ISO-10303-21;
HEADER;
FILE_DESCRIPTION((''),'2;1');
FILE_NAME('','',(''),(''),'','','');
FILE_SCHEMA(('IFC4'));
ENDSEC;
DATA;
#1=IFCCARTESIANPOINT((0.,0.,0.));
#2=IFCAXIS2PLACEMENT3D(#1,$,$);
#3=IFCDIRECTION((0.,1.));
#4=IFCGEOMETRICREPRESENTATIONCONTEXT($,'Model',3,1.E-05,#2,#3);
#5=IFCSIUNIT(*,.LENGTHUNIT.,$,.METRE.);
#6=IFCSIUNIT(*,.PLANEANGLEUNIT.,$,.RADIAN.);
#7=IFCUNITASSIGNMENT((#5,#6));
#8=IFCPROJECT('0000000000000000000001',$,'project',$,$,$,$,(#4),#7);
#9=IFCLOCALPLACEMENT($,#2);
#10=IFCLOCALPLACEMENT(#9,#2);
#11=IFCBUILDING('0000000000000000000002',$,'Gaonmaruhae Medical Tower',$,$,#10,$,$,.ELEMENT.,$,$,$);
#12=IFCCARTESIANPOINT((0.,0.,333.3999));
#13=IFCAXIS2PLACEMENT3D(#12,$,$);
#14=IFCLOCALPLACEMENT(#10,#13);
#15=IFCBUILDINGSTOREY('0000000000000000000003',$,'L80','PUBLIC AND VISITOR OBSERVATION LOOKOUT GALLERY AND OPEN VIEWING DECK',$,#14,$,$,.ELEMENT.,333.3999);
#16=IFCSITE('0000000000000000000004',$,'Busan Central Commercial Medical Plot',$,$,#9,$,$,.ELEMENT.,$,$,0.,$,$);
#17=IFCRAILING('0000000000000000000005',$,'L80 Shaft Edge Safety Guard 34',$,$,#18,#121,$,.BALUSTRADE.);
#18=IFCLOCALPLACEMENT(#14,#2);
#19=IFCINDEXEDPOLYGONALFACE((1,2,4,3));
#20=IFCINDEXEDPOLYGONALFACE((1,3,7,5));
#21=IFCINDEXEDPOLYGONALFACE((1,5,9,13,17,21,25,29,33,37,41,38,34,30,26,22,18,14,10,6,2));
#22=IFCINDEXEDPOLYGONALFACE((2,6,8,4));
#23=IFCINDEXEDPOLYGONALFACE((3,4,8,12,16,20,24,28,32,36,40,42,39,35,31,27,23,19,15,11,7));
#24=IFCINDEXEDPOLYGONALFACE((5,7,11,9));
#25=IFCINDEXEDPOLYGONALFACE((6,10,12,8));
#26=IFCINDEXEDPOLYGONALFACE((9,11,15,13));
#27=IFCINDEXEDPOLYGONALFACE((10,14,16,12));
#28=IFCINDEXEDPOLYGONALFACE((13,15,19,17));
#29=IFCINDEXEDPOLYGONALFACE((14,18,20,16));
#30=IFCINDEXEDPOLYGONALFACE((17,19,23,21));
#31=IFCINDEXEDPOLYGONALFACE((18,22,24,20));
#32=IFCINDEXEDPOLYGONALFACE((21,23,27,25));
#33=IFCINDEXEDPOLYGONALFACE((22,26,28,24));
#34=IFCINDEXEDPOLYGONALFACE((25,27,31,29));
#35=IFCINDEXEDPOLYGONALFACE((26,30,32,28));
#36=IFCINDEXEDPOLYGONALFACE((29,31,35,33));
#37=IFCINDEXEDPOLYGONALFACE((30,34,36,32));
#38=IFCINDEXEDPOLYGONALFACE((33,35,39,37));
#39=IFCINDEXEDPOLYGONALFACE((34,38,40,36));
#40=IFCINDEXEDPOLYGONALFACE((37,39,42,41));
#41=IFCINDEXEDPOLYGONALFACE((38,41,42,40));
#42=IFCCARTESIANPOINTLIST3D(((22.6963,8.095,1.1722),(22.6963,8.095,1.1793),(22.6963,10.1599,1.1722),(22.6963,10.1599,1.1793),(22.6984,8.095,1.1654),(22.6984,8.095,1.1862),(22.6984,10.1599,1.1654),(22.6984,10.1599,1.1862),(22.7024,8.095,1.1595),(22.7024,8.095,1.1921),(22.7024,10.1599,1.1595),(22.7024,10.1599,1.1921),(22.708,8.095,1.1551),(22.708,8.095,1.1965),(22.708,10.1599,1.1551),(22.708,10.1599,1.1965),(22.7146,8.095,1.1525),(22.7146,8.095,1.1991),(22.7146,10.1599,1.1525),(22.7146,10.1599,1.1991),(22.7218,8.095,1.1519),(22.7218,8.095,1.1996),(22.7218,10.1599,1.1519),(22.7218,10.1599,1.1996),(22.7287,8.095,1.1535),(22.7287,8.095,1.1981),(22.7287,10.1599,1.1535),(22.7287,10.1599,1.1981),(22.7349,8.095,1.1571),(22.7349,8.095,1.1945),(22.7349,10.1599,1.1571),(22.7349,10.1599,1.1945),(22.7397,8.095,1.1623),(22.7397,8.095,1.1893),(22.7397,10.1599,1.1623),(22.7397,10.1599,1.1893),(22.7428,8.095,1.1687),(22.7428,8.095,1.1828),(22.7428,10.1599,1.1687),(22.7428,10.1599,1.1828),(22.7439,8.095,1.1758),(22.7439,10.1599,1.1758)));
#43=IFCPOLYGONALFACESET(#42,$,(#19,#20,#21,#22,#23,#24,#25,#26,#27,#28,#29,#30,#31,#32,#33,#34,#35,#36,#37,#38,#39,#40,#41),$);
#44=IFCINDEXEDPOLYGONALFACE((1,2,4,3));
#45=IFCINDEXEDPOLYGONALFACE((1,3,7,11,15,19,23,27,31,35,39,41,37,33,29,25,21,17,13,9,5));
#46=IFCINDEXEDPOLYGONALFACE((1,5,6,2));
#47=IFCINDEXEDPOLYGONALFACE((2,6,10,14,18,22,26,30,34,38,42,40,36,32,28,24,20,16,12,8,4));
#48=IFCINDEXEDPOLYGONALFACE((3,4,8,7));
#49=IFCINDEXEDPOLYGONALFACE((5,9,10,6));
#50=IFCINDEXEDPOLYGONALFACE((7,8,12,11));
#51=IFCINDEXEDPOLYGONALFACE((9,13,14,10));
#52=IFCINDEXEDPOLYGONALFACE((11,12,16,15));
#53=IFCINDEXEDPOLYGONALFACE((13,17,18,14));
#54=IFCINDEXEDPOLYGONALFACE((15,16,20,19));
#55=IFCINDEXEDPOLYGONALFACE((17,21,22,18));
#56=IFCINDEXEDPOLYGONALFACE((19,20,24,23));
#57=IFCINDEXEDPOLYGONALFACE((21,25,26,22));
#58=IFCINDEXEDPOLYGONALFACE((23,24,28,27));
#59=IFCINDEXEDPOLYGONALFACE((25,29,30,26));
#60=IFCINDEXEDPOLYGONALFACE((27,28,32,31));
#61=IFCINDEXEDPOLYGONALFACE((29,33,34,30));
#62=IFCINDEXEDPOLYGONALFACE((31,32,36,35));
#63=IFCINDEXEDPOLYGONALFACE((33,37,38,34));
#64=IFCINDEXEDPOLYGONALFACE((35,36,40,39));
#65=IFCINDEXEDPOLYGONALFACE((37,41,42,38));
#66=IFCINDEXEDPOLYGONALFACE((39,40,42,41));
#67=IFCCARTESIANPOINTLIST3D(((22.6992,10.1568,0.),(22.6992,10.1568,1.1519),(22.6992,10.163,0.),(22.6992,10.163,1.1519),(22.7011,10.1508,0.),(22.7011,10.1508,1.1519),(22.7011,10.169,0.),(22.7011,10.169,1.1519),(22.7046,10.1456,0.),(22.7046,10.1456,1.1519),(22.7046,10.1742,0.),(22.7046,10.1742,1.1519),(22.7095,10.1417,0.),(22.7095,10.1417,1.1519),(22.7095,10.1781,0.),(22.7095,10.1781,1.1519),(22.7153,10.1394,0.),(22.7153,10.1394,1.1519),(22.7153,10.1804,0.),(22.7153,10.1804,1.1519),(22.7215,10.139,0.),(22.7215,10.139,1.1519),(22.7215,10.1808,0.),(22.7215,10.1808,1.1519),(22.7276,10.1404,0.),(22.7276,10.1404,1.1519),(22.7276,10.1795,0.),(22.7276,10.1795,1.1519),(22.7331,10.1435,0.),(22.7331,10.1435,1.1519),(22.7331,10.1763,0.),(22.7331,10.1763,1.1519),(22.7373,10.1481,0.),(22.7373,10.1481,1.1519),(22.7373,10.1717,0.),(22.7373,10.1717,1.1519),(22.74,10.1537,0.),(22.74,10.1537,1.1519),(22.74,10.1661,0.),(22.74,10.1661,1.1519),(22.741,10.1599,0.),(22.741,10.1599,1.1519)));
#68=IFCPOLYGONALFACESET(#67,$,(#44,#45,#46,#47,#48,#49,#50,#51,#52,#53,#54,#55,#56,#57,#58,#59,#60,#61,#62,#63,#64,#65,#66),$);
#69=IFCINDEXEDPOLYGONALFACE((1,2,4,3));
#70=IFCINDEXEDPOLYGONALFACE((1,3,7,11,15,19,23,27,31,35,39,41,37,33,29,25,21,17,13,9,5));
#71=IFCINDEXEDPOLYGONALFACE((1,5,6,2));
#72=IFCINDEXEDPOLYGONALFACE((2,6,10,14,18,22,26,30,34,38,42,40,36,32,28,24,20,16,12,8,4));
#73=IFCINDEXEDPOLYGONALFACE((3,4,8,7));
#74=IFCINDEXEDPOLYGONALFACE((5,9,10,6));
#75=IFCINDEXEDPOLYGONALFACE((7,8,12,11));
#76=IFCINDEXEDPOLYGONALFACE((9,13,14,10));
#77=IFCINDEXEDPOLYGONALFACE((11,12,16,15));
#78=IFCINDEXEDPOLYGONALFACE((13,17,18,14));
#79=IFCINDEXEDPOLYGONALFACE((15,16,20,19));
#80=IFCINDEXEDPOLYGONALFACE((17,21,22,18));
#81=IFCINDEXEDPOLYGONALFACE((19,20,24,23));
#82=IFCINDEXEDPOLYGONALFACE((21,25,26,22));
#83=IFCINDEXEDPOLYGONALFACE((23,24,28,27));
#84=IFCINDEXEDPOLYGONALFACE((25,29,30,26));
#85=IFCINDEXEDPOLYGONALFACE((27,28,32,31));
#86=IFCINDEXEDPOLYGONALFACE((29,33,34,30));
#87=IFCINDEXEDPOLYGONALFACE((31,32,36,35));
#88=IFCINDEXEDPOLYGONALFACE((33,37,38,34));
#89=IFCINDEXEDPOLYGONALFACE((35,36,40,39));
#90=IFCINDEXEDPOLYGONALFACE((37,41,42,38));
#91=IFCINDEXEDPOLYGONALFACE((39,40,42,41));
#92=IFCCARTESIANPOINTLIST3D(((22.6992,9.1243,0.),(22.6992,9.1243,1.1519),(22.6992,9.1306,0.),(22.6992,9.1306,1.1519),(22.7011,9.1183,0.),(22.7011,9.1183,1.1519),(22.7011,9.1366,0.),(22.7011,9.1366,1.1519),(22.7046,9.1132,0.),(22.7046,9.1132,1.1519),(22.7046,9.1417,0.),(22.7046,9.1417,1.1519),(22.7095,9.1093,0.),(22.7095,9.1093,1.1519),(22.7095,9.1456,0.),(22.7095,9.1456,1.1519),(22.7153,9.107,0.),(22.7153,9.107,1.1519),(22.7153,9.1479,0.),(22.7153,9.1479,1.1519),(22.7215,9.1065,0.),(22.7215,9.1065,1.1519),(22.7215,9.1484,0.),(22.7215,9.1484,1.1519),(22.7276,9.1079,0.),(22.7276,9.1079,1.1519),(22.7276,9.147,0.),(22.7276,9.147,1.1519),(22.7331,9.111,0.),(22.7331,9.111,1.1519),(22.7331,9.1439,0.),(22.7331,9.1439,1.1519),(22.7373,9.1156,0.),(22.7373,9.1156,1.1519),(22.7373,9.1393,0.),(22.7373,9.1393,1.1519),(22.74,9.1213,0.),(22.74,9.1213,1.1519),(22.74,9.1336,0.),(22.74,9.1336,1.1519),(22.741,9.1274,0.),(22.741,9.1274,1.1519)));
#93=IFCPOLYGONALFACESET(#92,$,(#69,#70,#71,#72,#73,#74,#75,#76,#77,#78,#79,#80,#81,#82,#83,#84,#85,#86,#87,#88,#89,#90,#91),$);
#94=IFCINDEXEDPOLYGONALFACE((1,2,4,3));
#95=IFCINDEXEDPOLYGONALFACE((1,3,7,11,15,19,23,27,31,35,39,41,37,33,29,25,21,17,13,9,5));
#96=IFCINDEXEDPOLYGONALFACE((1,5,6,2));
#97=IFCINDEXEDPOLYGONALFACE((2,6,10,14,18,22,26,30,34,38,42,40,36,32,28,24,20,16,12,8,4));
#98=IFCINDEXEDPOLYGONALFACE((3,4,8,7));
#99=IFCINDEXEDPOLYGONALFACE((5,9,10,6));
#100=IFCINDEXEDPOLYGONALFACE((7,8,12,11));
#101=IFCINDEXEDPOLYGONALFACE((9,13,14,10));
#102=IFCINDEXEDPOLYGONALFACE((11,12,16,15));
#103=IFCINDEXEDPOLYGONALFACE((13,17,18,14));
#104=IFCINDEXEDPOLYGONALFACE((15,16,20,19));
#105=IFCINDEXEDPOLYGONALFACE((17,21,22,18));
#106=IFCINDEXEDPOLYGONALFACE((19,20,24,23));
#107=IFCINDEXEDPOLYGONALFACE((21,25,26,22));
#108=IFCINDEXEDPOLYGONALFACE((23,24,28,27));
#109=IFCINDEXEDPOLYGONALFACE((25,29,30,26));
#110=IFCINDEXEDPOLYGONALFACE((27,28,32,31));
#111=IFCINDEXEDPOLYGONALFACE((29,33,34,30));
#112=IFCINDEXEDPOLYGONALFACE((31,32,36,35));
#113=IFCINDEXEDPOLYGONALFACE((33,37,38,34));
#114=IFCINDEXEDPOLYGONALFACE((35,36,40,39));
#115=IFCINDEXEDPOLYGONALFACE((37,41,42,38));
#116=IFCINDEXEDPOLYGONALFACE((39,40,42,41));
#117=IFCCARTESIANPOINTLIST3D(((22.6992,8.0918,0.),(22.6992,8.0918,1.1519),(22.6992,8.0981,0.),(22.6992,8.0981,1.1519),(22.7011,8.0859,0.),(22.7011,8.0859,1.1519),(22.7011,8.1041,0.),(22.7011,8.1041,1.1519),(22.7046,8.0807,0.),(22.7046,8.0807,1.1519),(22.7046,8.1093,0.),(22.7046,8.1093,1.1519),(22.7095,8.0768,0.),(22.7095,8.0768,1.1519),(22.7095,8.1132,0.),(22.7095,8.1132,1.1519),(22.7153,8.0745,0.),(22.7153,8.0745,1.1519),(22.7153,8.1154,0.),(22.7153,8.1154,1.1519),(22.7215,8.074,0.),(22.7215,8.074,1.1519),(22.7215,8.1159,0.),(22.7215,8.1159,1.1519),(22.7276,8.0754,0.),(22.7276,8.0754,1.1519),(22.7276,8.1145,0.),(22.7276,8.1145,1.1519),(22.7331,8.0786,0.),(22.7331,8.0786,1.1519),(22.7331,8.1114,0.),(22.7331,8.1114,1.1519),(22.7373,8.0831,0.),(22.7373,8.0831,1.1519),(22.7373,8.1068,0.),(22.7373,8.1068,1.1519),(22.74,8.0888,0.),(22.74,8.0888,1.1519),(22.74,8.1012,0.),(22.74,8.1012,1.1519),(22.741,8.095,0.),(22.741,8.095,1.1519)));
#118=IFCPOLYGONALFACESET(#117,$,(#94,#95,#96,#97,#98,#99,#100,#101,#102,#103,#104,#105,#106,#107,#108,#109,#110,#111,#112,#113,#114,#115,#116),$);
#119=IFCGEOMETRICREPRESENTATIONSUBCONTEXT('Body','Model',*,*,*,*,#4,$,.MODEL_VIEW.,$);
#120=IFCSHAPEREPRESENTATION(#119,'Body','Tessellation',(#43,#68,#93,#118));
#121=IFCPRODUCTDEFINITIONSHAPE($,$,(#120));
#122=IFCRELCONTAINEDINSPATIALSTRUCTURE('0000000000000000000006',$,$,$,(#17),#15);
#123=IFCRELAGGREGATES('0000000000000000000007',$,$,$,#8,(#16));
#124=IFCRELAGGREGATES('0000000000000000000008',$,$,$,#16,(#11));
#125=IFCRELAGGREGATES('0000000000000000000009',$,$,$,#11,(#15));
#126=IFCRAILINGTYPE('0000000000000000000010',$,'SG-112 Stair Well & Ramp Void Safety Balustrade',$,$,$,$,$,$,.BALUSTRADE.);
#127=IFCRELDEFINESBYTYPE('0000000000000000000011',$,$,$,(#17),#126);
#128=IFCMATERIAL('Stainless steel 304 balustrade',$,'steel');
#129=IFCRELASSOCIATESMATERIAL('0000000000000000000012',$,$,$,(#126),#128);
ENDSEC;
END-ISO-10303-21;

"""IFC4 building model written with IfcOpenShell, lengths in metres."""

from ifc_helpers import new_model, si_unit, direction, frame, origin, origin_2d, place, context, subcontext, project, spatial, circle, extrude, material, type_object, element, save


model = new_model("IFC4")

# Units and contexts
model_context = context("Model", 3, precision=1e-05, world=origin(), true_north=direction((0.0, 1.0)))
body_context = subcontext(model_context, "Body", "Model", "MODEL_VIEW")
ifc_project = project(units=[si_unit("LENGTHUNIT", "METRE"), si_unit("PLANEANGLEUNIT", "RADIAN")], contexts=[model_context])

# Site, building, storey
site_placement = place(None, origin())
site = spatial("IfcSite", under=ifc_project, at=site_placement, Name="Busan Central Commercial Medical Plot", CompositionType="ELEMENT", RefElevation=0.0)
building_placement = place(site_placement, origin())
building = spatial("IfcBuilding", under=site, at=building_placement, Name="Gaonmaruhae Medical Tower", CompositionType="ELEMENT")
storey_placement = place(building_placement, frame((0.0, 0.0, 333.3999)))
storey = spatial("IfcBuildingStorey", under=building, at=storey_placement, Name="L80", Description="PUBLIC AND VISITOR OBSERVATION LOOKOUT GALLERY AND OPEN VIEWING DECK", CompositionType="ELEMENT", Elevation=333.3999)

# Railing
ifc_material_1 = material(Name="Stainless steel 304 balustrade", Category="steel")
railing_type_1 = type_object("IfcRailingType", Name="SG-112 Stair Well & Ramp Void Safety Balustrade", PredefinedType="BALUSTRADE", material=ifc_material_1)
railing_1_placement = place(storey_placement, frame((22.72, 10.1599, 0.0)))
element("IfcRailing", 1, at=railing_1_placement, inside=storey, type_object=railing_type_1, Name="L80 Shaft Edge Safety Guard 34", PredefinedType="BALUSTRADE", context=body_context, shape_type="SweptSolid", body=[
    extrude(circle(Radius=0.0239, at=origin_2d()), frame((0.0, 0.0, 1.1758), z_axis=(0.0, -1.0, 0.0), x_axis=(1.0, 0.0, 0.0)), (0.0, 0.0, 1.0), 2.0649),
    extrude(circle(Radius=0.021, at=origin_2d()), origin(), (0.0, 0.0, 1.0), 1.1519),
    extrude(circle(Radius=0.021, at=origin_2d()), frame((0.0, -1.0325, 0.0)), (0.0, 0.0, 1.0), 1.1519),
    extrude(circle(Radius=0.021, at=origin_2d()), frame((0.0, -2.0649, 0.0)), (0.0, 0.0, 1.0), 1.1519),
])

save(model, "model.ifc")
